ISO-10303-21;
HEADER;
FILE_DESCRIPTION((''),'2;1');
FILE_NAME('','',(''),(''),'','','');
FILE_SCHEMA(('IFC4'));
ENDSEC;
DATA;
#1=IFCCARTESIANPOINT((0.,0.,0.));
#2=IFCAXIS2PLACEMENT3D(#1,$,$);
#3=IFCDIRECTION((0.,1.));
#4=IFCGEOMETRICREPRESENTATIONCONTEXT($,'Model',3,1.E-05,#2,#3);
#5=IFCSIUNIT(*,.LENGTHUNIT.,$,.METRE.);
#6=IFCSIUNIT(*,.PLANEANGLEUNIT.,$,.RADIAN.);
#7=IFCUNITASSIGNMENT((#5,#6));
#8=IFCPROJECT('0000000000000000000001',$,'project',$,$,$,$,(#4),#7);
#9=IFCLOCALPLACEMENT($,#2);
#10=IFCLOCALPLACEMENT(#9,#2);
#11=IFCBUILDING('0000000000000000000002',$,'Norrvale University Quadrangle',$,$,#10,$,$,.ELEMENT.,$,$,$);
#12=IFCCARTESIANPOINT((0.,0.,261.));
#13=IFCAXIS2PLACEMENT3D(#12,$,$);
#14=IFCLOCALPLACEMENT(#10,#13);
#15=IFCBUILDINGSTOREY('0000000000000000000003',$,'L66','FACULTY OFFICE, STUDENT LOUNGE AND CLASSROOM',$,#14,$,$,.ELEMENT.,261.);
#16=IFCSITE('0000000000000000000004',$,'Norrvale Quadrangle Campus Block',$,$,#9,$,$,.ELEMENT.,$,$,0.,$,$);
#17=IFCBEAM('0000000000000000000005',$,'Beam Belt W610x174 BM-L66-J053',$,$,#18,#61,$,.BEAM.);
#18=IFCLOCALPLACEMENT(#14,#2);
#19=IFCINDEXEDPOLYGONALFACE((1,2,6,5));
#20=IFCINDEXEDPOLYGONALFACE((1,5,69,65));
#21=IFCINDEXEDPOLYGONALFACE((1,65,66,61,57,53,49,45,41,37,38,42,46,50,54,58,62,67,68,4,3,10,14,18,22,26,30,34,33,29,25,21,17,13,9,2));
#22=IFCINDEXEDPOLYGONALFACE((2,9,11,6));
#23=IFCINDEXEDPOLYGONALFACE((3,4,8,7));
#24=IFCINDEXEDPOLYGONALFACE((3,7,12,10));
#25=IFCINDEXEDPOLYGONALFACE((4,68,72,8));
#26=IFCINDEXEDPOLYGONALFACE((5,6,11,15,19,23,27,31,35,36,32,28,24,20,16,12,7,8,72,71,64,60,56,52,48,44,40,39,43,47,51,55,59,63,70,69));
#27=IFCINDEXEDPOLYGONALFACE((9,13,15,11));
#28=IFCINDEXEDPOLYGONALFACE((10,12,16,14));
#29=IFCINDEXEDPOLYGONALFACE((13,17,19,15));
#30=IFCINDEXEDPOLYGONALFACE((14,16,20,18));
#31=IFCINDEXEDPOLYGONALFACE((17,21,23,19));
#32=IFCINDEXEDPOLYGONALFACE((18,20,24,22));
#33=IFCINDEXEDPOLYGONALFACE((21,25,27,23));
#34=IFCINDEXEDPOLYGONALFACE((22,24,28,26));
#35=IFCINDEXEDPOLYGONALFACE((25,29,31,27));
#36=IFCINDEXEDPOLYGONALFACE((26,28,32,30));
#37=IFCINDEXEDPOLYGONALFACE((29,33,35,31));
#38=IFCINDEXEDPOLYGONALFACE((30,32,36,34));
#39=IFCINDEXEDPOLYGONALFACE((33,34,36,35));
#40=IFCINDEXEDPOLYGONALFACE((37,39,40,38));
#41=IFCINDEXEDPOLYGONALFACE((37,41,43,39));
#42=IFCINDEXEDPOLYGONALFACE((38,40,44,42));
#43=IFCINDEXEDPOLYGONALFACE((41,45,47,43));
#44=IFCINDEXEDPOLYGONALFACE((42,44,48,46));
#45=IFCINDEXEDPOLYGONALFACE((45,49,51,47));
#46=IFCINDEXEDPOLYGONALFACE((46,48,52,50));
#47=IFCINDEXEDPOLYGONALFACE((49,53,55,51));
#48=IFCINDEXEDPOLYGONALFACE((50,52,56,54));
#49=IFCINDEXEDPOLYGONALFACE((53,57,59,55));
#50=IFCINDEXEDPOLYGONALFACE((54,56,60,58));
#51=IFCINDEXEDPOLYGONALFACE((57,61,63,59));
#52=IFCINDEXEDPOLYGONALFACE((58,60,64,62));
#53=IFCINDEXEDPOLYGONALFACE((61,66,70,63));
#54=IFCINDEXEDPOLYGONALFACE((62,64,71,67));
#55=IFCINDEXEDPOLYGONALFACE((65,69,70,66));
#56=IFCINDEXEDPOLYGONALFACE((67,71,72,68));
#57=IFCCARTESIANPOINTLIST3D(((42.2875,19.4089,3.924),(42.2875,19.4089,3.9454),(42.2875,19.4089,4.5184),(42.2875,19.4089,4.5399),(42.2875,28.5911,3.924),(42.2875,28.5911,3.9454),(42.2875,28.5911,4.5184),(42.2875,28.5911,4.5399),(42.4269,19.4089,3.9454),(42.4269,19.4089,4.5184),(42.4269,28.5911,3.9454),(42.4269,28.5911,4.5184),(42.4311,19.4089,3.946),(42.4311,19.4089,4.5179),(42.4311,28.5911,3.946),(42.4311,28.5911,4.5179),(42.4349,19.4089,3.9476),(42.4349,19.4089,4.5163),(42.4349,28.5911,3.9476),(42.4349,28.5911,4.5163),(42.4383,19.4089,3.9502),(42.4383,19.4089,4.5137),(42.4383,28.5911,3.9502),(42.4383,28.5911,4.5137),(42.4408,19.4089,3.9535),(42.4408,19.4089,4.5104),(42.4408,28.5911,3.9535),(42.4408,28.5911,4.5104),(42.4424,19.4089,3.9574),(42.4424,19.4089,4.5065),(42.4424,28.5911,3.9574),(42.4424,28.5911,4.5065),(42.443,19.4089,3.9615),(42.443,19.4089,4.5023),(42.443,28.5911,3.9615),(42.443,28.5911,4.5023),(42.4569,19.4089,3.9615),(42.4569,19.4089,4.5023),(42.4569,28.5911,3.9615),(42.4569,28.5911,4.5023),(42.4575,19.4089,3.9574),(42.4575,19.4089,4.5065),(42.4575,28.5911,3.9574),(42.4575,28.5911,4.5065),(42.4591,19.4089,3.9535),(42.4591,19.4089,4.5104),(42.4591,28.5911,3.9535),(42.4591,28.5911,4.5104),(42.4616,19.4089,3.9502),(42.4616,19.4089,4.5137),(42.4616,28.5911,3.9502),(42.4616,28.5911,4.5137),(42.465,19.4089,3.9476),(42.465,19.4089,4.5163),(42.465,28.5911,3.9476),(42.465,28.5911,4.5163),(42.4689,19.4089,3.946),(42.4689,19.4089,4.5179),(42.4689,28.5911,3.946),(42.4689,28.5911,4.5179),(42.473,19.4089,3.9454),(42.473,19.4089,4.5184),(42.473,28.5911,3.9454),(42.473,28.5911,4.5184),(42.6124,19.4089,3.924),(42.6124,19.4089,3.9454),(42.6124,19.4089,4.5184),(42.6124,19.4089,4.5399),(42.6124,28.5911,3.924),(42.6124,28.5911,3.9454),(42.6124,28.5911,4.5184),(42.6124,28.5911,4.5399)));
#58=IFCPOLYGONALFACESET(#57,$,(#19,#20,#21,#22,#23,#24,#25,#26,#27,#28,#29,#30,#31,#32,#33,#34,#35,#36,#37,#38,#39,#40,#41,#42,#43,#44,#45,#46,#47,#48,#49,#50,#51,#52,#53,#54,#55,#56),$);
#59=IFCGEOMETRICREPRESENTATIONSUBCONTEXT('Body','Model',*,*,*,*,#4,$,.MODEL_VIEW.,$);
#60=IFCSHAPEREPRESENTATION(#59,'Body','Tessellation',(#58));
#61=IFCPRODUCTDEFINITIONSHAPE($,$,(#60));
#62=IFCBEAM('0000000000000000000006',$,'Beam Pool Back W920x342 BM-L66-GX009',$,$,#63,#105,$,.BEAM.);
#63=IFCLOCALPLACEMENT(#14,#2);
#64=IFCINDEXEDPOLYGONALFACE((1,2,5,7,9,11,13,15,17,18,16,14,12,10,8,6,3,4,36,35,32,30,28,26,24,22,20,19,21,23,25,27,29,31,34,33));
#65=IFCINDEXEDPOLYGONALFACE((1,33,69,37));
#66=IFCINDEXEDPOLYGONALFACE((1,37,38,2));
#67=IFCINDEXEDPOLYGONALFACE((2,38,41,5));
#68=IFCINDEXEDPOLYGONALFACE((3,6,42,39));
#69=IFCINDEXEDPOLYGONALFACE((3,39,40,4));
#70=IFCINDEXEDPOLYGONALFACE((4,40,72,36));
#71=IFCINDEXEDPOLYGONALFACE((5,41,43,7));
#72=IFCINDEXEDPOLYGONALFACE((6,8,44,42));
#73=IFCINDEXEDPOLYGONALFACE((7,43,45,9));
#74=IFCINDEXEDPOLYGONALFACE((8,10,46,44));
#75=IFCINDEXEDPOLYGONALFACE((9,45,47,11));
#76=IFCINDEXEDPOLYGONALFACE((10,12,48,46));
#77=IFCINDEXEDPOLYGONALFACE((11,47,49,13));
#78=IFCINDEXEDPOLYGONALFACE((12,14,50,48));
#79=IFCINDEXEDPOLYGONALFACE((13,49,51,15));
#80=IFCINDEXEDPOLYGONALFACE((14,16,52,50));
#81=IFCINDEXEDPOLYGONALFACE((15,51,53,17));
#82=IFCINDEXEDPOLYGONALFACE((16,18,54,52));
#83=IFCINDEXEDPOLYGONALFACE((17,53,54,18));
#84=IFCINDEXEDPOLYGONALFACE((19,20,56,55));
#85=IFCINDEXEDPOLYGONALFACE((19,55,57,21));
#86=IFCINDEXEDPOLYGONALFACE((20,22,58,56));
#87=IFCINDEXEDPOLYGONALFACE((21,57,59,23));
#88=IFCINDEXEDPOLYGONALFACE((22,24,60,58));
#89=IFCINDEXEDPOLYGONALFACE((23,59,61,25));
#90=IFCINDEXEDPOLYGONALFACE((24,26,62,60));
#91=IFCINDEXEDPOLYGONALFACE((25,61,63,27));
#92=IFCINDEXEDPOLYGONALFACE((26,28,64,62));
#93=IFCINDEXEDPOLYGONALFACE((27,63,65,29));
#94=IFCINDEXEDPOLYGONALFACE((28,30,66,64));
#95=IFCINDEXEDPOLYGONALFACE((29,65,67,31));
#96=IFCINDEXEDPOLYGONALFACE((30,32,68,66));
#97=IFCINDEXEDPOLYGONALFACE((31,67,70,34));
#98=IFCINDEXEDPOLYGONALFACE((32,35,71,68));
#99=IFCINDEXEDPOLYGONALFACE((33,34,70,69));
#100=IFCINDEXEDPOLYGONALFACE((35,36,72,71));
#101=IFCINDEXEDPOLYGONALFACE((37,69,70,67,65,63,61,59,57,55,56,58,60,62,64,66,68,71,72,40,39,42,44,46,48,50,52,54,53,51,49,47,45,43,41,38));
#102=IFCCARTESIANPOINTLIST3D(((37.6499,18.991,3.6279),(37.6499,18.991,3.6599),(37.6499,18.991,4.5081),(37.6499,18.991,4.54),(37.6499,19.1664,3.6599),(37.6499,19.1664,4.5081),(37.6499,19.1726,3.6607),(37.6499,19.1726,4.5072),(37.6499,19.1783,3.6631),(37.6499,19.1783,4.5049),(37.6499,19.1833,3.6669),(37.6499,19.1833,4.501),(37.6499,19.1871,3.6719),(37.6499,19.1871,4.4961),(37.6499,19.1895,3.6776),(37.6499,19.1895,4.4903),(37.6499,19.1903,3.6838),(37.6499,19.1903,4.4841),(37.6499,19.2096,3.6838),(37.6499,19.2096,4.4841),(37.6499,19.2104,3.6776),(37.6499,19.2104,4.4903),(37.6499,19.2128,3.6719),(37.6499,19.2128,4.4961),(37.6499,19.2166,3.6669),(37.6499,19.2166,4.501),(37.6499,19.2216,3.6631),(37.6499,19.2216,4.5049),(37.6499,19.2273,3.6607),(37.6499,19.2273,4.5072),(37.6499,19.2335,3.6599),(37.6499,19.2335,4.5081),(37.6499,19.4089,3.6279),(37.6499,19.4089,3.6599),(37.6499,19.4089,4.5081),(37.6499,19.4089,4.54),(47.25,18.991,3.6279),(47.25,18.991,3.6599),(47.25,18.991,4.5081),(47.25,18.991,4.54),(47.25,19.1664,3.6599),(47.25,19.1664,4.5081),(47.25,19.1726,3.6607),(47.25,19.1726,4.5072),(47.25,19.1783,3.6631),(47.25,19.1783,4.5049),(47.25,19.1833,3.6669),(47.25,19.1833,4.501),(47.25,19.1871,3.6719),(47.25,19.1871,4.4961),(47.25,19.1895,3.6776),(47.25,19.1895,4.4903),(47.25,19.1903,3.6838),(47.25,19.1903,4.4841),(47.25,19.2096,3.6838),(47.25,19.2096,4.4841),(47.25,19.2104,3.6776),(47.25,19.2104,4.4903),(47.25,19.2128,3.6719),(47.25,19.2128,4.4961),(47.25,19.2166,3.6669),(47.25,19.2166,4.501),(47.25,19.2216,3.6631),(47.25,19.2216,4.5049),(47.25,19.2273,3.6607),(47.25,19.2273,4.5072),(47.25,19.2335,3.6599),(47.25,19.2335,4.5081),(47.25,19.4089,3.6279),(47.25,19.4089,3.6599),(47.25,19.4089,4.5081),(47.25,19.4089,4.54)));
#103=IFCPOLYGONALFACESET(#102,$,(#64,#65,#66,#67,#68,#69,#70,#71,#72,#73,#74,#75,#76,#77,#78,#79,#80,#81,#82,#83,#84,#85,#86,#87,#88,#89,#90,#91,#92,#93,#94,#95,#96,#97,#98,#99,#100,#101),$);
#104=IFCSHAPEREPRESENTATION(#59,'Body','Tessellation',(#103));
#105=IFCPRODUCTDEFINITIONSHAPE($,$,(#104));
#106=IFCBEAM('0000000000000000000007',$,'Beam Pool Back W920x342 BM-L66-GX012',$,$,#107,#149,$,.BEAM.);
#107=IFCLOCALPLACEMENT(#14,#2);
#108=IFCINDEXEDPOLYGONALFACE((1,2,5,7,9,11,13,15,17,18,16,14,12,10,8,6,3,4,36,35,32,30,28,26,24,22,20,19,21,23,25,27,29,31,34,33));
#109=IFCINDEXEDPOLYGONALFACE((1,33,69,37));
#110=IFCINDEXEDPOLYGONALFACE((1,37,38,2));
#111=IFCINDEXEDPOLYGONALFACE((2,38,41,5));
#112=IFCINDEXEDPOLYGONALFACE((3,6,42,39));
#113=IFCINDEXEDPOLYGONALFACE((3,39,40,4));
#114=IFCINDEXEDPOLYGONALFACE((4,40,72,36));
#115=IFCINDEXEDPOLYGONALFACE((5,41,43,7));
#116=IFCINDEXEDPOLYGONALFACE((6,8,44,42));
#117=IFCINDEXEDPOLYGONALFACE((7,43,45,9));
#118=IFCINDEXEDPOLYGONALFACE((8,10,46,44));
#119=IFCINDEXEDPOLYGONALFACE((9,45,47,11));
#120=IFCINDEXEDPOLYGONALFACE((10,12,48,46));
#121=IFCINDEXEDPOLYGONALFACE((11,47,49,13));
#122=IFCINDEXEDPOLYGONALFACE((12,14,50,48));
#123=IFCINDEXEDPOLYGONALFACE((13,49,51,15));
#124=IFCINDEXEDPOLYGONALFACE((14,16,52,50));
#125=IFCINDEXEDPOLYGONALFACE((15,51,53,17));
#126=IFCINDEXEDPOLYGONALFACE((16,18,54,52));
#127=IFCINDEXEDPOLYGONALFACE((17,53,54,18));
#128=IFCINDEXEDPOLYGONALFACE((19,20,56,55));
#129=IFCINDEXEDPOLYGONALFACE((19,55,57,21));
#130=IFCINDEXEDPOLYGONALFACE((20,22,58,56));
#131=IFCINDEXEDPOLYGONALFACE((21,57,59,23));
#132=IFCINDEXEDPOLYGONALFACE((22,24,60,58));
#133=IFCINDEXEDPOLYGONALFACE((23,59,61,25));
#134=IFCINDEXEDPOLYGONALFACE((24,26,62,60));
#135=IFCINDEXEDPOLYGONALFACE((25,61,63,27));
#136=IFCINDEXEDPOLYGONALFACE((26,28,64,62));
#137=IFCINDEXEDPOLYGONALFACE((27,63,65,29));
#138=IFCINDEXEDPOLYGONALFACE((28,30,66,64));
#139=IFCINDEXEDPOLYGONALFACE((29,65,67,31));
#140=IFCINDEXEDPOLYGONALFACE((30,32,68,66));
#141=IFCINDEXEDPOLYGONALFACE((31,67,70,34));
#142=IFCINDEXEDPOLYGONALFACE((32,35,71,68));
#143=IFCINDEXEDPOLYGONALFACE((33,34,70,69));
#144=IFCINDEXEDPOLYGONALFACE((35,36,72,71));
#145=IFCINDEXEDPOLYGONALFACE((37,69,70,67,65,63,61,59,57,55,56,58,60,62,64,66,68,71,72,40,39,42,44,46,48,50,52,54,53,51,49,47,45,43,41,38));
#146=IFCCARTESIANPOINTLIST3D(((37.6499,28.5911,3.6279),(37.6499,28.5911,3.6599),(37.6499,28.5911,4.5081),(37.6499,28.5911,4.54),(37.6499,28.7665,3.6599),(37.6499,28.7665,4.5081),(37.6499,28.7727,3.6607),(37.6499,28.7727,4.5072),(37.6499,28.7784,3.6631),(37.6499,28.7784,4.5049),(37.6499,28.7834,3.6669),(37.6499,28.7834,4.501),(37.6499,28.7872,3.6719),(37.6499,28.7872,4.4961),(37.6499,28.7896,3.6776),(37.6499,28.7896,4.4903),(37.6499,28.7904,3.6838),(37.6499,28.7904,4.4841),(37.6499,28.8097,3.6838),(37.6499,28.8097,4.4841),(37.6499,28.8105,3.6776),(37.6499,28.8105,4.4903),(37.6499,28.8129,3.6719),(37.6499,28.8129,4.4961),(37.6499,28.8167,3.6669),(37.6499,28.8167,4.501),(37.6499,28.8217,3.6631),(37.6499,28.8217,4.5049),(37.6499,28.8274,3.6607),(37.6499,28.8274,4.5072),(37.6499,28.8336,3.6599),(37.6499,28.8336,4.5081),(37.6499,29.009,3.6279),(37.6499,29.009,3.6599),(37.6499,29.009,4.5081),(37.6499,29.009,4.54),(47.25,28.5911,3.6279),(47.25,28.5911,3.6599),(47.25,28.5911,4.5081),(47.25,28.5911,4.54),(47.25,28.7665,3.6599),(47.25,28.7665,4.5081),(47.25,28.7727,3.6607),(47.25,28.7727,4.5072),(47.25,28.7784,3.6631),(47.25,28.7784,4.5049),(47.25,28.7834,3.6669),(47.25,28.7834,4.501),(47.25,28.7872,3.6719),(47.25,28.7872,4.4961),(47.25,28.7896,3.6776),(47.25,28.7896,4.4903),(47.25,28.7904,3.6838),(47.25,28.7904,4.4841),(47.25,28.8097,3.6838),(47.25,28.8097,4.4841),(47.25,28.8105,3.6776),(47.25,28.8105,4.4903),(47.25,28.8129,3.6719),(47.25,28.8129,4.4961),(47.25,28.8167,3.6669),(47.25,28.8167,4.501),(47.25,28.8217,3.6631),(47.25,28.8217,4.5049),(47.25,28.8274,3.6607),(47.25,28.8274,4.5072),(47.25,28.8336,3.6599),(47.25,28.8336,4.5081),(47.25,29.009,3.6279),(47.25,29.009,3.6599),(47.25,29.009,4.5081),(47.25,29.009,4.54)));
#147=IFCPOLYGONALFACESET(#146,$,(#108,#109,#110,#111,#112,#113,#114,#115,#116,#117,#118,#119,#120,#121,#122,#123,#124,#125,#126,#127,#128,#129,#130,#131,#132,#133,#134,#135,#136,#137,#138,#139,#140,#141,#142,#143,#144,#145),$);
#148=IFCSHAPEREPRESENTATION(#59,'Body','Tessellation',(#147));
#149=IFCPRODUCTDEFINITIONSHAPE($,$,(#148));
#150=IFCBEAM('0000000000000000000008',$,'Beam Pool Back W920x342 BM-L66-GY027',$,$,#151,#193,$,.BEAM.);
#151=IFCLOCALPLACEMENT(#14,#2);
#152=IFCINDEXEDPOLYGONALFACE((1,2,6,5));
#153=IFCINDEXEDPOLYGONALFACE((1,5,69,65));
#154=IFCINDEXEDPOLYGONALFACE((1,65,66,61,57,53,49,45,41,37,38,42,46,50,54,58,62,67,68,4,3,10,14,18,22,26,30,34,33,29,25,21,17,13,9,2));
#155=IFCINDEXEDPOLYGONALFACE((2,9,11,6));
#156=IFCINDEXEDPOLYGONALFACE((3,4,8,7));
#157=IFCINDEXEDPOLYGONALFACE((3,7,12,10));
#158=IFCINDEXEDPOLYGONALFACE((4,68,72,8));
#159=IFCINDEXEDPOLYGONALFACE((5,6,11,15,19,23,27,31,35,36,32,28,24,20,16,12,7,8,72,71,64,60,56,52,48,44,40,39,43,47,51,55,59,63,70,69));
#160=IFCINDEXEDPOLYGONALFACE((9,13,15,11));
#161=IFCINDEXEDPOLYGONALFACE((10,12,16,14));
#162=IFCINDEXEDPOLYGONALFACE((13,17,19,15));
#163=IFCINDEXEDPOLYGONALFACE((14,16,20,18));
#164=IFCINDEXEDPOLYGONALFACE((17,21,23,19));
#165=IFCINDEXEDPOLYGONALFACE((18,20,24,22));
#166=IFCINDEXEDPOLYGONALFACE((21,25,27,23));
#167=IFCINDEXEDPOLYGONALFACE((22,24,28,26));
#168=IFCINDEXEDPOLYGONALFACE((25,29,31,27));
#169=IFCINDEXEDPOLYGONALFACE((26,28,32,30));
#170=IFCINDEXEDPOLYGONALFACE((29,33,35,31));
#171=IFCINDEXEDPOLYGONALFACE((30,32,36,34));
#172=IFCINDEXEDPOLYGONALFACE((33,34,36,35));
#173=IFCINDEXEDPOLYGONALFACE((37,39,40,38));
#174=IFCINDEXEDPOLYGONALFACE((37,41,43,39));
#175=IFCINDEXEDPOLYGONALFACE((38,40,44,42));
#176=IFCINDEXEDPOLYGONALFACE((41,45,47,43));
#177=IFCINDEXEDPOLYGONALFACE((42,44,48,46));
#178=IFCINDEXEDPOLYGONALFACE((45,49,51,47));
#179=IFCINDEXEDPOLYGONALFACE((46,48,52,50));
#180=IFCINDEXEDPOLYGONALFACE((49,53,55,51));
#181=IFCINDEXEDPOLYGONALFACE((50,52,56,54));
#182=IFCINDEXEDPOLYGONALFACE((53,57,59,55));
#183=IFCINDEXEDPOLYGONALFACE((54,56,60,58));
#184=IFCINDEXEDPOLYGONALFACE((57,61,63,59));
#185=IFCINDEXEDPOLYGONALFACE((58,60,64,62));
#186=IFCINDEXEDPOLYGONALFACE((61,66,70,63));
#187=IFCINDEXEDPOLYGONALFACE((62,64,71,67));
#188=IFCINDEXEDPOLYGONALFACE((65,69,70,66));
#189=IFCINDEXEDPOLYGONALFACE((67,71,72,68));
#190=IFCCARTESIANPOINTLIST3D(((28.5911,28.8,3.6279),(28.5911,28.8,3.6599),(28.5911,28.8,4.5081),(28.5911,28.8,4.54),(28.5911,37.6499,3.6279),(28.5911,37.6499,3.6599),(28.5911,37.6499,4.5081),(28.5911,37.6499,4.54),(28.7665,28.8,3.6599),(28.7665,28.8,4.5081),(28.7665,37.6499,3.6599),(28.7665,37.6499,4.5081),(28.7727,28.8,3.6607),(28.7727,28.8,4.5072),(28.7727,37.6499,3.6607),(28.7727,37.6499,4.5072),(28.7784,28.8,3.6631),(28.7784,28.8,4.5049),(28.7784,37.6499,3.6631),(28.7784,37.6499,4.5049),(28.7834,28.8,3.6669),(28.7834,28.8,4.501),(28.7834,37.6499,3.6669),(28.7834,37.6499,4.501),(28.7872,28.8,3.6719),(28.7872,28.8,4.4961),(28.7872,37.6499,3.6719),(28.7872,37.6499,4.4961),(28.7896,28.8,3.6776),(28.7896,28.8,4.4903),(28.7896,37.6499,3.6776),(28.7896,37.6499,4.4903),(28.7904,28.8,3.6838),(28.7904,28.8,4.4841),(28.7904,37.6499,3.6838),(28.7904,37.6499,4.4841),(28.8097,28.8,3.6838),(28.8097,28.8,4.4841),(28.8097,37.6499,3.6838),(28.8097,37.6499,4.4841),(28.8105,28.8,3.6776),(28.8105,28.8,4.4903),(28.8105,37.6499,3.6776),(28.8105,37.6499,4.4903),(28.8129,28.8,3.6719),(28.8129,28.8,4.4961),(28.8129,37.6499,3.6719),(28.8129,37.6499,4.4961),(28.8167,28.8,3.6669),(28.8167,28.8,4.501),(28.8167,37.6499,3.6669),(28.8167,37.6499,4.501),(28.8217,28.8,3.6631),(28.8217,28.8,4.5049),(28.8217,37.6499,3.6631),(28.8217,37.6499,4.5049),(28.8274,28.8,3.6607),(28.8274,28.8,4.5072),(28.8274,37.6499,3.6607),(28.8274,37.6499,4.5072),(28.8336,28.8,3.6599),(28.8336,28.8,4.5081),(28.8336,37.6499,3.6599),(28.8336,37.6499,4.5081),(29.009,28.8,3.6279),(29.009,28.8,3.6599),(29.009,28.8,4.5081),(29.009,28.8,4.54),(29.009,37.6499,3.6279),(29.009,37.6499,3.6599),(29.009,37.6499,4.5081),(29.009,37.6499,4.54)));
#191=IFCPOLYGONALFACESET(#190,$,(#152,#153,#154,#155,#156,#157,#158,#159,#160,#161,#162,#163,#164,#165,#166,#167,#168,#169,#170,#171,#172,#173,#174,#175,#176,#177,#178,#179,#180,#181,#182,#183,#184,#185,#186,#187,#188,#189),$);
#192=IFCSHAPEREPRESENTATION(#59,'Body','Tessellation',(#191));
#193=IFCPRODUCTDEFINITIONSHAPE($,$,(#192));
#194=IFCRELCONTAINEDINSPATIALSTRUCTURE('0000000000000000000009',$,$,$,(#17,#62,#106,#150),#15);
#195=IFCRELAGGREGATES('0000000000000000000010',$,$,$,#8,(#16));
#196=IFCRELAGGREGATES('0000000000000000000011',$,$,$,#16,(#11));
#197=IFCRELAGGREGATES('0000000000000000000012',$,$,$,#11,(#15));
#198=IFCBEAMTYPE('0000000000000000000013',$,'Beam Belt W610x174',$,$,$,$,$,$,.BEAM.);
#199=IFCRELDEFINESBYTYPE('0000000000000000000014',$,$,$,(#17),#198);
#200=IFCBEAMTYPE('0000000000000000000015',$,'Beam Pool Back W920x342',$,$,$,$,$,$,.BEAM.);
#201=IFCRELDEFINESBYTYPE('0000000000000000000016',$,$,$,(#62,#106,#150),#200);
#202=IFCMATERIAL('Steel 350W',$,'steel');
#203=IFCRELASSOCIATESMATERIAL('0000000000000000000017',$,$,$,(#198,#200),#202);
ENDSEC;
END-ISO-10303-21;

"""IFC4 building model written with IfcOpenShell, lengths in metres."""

from ifc_helpers import new_model, si_unit, direction, frame, origin, origin_2d, place, context, subcontext, project, spatial, i_section, extrude, material, material_profile, profile_set, type_object, element, save


model = new_model("IFC4")

# Units and contexts
model_context = context("Model", 3, precision=1e-05, world=origin(), true_north=direction((0.0, 1.0)))
body_context = subcontext(model_context, "Body", "Model", "MODEL_VIEW")
ifc_project = project(units=[si_unit("LENGTHUNIT", "METRE"), si_unit("PLANEANGLEUNIT", "RADIAN")], contexts=[model_context])

# Site, building, storey
site_placement = place(None, origin())
site = spatial("IfcSite", under=ifc_project, at=site_placement, Name="Norrvale Quadrangle Campus Block", CompositionType="ELEMENT", RefElevation=0.0)
building_placement = place(site_placement, origin())
building = spatial("IfcBuilding", under=site, at=building_placement, Name="Norrvale University Quadrangle", CompositionType="ELEMENT")
storey_placement = place(building_placement, frame((0.0, 0.0, 261.0)))
storey = spatial("IfcBuildingStorey", under=building, at=storey_placement, Name="L66", Description="FACULTY OFFICE, STUDENT LOUNGE AND CLASSROOM", CompositionType="ELEMENT", Elevation=261.0)

# Beams
ifc_material_1 = material(Name="Steel 350W", Category="steel")
ifc_material_profile_1 = material_profile(ifc_material_1, i_section(OverallWidth=0.325, OverallDepth=0.616, WebThickness=0.0139, FlangeThickness=0.0215, FilletRadius=0.0161, at=origin_2d()), Name="Steel 350W")
ifc_profile_set_1 = profile_set([ifc_material_profile_1], Name="Steel 350W")
beam_type_1 = type_object("IfcBeamType", Name="Beam Belt W610x174", PredefinedType="BEAM", material=ifc_profile_set_1)
beam_1_placement = place(storey_placement, frame((42.45, 19.4089, 4.2319), z_axis=(0.0, 1.0, 0.0), x_axis=(-1.0, 0.0, 0.0)))
element("IfcBeam", 1, at=beam_1_placement, inside=storey, type_object=beam_type_1, Name="Beam Belt W610x174 BM-L66-J053", PredefinedType="BEAM", context=body_context, shape_type="SweptSolid", body=[
    extrude(i_section(OverallWidth=0.325, OverallDepth=0.616, WebThickness=0.0139, FlangeThickness=0.0215, FilletRadius=0.0161, at=origin_2d()), origin(), (0.0, 0.0, 1.0), 9.1821),
])
ifc_material_profile_2 = material_profile(ifc_material_1, i_section(OverallWidth=0.418, OverallDepth=0.9121, WebThickness=0.0193, FlangeThickness=0.032, FilletRadius=0.0239, at=origin_2d()), Name="Steel 350W")
ifc_profile_set_2 = profile_set([ifc_material_profile_2], Name="Steel 350W")
beam_type_2 = type_object("IfcBeamType", Name="Beam Pool Back W920x342", PredefinedType="BEAM", material=ifc_profile_set_2)
for number, where, z_axis, x_axis, name in (
    (2, (37.6499, 19.2, 4.084), (1.0, 0.0, 0.0), (0.0, 1.0, 0.0), "Beam Pool Back W920x342 BM-L66-GX009"),
    (3, (37.6499, 28.8, 4.084), (1.0, 0.0, 0.0), (0.0, 1.0, 0.0), "Beam Pool Back W920x342 BM-L66-GX012"),
):
    element("IfcBeam", number, at=place(storey_placement, frame(where, z_axis=z_axis, x_axis=x_axis)), inside=storey, type_object=beam_type_2, Name=name, PredefinedType="BEAM", context=body_context, shape_type="SweptSolid", body=[
        extrude(i_section(OverallWidth=0.418, OverallDepth=0.9121, WebThickness=0.0193, FlangeThickness=0.032, FilletRadius=0.0239, at=origin_2d()), origin(), (0.0, 0.0, 1.0), 9.6001),
    ])
beam_2_placement = place(storey_placement, frame((28.8, 28.8, 4.084), z_axis=(0.0, 1.0, 0.0), x_axis=(-1.0, 0.0, 0.0)))
element("IfcBeam", 4, at=beam_2_placement, inside=storey, type_object=beam_type_2, Name="Beam Pool Back W920x342 BM-L66-GY027", PredefinedType="BEAM", context=body_context, shape_type="SweptSolid", body=[
    extrude(i_section(OverallWidth=0.418, OverallDepth=0.9121, WebThickness=0.0193, FlangeThickness=0.032, FilletRadius=0.0239, at=origin_2d()), origin(), (0.0, 0.0, 1.0), 8.8499),
])

save(model, "model.ifc")
